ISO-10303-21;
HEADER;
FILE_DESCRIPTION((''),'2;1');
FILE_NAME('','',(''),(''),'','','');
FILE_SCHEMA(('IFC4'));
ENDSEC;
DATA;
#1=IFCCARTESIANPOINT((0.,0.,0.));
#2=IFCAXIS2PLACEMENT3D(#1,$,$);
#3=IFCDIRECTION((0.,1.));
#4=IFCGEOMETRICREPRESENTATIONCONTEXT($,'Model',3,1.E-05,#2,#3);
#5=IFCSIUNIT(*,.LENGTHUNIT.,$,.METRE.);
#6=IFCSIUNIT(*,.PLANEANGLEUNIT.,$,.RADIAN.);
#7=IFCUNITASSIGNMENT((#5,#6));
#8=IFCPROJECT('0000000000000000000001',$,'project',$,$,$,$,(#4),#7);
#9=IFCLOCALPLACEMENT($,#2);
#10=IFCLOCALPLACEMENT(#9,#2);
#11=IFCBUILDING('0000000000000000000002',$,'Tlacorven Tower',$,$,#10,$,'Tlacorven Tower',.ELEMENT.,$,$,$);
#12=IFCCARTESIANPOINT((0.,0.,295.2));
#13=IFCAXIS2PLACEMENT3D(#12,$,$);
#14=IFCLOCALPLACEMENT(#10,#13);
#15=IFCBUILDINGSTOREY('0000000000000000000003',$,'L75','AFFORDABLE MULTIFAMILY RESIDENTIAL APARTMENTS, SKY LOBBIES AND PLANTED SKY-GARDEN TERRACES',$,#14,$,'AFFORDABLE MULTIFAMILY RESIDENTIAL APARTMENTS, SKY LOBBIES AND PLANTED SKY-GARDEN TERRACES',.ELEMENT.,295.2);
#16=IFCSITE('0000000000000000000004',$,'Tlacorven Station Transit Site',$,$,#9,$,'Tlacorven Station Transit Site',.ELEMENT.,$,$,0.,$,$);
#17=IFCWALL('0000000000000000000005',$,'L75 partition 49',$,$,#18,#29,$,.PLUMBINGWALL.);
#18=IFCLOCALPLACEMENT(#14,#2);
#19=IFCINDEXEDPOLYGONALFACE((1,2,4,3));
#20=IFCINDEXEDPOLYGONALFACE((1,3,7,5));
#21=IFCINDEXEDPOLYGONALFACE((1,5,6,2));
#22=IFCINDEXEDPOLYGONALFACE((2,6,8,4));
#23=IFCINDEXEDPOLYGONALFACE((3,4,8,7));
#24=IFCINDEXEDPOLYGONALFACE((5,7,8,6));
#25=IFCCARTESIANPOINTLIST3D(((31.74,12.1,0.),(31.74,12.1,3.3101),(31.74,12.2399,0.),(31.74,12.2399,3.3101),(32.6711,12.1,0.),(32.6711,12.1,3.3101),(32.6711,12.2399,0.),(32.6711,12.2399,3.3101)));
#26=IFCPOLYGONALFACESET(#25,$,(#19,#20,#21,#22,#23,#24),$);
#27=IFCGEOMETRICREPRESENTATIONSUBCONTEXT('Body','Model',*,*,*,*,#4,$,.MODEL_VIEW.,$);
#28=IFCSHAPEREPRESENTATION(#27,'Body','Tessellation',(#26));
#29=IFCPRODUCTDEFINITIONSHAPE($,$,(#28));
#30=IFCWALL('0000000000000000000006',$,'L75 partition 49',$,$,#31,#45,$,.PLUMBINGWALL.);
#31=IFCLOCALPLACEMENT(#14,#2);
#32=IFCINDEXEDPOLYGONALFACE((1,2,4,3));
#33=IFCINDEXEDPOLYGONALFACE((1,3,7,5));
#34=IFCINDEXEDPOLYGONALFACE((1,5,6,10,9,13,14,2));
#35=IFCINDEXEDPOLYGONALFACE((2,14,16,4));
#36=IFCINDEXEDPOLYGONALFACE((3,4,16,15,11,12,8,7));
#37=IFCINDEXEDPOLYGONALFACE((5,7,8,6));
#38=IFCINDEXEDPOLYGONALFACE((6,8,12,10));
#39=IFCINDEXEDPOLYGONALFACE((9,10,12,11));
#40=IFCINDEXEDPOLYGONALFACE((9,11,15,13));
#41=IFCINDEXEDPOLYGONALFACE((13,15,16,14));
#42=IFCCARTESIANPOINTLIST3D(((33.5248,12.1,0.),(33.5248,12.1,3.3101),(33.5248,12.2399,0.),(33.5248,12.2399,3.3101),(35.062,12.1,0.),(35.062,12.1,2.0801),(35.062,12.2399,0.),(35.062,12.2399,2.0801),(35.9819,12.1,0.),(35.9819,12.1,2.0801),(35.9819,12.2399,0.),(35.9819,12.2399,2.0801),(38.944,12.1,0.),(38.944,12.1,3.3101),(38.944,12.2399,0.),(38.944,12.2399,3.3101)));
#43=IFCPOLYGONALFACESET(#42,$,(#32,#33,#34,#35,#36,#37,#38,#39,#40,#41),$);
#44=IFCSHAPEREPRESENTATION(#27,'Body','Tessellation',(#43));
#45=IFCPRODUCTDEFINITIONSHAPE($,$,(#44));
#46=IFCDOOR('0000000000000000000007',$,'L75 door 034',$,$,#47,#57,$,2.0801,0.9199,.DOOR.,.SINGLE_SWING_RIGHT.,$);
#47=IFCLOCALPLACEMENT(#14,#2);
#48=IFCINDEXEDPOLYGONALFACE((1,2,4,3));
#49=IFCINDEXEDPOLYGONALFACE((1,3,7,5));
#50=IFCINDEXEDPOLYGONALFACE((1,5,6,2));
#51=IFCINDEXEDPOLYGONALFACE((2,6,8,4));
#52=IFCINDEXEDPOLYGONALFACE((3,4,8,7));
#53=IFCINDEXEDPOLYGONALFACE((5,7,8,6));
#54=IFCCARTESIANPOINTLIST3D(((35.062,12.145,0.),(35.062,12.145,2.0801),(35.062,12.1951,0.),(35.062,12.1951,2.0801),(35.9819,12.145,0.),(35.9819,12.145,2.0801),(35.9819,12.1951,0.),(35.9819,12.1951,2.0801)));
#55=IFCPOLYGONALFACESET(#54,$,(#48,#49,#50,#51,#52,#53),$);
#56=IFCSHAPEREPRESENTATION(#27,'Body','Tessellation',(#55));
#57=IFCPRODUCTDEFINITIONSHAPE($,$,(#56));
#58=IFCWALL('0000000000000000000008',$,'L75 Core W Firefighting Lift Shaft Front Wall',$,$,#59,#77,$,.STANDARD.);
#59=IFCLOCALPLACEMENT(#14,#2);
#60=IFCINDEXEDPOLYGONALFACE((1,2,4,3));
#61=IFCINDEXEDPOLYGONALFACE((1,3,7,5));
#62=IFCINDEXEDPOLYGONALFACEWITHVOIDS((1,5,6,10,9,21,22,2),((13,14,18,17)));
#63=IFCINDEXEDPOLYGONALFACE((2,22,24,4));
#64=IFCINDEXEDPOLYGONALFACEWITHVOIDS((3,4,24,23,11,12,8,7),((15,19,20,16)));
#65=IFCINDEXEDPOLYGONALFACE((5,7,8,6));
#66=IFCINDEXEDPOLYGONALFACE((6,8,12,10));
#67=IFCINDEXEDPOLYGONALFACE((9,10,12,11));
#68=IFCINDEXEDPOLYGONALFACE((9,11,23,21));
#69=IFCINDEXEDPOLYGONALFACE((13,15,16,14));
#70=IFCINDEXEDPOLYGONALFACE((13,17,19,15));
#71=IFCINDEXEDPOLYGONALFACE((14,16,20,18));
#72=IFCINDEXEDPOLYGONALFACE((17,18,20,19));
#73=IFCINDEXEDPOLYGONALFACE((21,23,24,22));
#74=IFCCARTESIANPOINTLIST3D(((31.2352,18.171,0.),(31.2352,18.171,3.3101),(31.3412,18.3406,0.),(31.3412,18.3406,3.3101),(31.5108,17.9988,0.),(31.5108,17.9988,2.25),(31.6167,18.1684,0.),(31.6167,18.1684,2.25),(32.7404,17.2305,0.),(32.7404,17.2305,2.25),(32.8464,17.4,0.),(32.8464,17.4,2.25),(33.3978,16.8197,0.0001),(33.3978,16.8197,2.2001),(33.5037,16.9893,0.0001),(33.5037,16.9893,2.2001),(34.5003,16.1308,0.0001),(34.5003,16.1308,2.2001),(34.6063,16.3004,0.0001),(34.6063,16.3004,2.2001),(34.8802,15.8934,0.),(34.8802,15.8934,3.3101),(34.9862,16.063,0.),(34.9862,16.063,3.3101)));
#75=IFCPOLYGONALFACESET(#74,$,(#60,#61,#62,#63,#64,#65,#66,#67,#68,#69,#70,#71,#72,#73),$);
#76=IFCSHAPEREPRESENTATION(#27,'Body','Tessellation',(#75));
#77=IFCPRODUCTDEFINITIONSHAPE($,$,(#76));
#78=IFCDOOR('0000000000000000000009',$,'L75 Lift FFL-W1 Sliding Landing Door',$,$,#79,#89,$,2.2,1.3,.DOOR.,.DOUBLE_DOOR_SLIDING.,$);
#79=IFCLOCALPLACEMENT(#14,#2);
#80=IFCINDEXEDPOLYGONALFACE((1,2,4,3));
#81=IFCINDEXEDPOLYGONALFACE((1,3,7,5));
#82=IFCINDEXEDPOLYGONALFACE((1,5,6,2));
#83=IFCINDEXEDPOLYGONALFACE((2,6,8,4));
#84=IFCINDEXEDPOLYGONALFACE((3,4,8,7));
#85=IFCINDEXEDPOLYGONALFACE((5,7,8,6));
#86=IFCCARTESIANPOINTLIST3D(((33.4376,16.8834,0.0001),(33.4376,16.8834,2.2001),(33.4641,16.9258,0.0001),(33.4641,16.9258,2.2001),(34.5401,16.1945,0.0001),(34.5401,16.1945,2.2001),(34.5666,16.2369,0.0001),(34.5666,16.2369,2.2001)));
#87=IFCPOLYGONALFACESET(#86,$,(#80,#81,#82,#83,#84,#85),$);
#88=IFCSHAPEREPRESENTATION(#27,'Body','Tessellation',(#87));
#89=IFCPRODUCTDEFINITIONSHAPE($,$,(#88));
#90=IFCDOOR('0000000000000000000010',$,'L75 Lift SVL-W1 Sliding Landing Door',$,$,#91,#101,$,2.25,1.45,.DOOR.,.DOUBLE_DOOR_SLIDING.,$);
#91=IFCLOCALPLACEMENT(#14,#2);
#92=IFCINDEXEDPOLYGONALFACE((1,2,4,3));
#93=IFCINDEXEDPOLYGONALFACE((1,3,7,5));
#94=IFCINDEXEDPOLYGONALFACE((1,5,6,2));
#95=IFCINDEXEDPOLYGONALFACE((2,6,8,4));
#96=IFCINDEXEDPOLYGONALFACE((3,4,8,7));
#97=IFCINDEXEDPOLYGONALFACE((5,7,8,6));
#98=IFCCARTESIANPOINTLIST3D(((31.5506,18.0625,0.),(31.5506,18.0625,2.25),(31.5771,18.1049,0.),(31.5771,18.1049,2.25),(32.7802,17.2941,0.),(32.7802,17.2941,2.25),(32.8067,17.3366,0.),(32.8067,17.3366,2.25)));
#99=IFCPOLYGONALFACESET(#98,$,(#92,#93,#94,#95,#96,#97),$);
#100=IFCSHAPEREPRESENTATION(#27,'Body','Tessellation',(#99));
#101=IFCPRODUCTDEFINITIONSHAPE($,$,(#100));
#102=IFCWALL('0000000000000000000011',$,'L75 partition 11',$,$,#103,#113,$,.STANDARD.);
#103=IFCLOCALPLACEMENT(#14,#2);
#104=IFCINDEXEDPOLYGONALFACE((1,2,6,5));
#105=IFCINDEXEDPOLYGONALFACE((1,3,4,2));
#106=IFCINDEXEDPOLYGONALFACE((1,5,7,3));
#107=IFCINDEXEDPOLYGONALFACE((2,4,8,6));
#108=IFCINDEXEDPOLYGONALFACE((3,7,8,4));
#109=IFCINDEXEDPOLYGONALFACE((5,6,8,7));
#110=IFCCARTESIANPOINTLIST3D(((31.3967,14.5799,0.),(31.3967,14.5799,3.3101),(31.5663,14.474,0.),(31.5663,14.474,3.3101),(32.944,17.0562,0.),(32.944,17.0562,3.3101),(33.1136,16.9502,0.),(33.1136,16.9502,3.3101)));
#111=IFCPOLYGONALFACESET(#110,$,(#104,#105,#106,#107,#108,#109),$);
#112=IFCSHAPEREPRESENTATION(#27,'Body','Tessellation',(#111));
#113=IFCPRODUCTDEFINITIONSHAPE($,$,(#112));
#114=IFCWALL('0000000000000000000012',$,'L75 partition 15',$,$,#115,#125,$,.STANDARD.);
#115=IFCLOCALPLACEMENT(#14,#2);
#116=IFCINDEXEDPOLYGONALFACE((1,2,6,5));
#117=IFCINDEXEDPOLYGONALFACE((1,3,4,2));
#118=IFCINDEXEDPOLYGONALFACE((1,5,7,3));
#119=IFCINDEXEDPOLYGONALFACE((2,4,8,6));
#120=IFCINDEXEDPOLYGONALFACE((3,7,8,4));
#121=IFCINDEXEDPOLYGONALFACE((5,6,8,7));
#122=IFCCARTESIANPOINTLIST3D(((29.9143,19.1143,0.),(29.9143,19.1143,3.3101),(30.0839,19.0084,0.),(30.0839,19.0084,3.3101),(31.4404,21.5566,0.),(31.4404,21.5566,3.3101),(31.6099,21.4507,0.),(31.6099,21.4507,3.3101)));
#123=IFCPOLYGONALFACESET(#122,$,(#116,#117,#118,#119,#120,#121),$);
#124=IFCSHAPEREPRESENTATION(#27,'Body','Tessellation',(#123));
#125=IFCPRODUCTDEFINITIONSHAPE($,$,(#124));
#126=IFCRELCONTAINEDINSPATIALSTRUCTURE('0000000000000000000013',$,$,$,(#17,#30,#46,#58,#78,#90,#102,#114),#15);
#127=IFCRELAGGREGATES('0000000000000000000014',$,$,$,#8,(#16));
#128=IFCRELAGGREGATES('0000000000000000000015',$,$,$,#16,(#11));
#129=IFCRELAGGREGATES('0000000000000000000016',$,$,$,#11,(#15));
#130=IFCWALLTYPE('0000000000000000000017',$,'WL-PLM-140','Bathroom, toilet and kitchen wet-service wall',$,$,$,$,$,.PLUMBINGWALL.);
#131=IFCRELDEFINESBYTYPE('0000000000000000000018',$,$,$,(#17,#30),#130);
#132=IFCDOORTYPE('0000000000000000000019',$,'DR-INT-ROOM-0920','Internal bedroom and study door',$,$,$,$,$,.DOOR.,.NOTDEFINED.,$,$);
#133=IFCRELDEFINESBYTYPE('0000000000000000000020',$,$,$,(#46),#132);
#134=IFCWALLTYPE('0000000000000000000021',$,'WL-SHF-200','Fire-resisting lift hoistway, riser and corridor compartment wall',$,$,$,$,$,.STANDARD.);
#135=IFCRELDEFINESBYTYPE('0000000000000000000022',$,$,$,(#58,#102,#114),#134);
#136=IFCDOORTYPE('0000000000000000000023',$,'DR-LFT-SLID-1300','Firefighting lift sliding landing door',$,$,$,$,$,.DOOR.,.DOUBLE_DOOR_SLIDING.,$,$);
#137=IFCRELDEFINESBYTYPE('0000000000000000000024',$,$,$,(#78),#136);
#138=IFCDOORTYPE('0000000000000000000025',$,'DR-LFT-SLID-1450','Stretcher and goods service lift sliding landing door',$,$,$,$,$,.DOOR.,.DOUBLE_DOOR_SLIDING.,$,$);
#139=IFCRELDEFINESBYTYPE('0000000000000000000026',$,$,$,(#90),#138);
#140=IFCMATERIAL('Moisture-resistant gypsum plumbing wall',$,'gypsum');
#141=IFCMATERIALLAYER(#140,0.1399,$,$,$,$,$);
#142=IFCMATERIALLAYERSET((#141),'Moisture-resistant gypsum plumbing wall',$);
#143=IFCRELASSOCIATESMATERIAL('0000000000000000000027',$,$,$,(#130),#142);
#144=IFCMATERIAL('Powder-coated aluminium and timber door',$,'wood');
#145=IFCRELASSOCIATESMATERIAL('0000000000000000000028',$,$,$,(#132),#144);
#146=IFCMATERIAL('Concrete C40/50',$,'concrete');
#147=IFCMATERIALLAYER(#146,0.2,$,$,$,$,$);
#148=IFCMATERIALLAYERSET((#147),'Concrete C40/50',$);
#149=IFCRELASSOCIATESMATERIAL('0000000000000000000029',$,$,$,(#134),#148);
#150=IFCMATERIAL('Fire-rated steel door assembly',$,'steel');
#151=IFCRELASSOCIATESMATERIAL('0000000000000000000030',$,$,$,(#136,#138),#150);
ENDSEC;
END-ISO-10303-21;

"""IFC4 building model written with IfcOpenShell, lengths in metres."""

from ifc_helpers import new_model, si_unit, direction, frame, frame_2d, origin, place, context, subcontext, project, spatial, rectangle, extrude, source, transform, mapped, material, layer, layer_set, type_object, element, fill, save


model = new_model("IFC4")

# Units and contexts
model_context = context("Model", 3, precision=1e-05, world=origin(), true_north=direction((0.0, 1.0)))
body_context = subcontext(model_context, "Body", "Model", "MODEL_VIEW")
ifc_project = project(units=[si_unit("LENGTHUNIT", "METRE"), si_unit("PLANEANGLEUNIT", "RADIAN")], contexts=[model_context])

# Site, building, storey
site_placement = place(None, origin())
site = spatial("IfcSite", under=ifc_project, at=site_placement, Name="Tlacorven Station Transit Site", LongName="Tlacorven Station Transit Site", CompositionType="ELEMENT", RefElevation=0.0)
building_placement = place(site_placement, origin())
building = spatial("IfcBuilding", under=site, at=building_placement, Name="Tlacorven Tower", LongName="Tlacorven Tower", CompositionType="ELEMENT")
storey_placement = place(building_placement, frame((0.0, 0.0, 295.2)))
storey = spatial("IfcBuildingStorey", under=building, at=storey_placement, Name="L75", Description="AFFORDABLE MULTIFAMILY RESIDENTIAL APARTMENTS, SKY LOBBIES AND PLANTED SKY-GARDEN TERRACES", LongName="AFFORDABLE MULTIFAMILY RESIDENTIAL APARTMENTS, SKY LOBBIES AND PLANTED SKY-GARDEN TERRACES", CompositionType="ELEMENT", Elevation=295.2)

# Shared definitions
ifc_material_1 = material(Name="Moisture-resistant gypsum plumbing wall", Category="gypsum")
ifc_layer_1 = layer(ifc_material_1, 0.1399)
ifc_layer_set_1 = layer_set([ifc_layer_1], Name="Moisture-resistant gypsum plumbing wall")
wall_type_1 = type_object("IfcWallType", Name="WL-PLM-140", Description="Bathroom, toilet and kitchen wet-service wall", PredefinedType="PLUMBINGWALL", material=ifc_layer_set_1)
ifc_material_2 = material(Name="Powder-coated aluminium and timber door", Category="wood")

# Wall
wall_1_placement = place(storey_placement, frame((31.74, 12.1699, 0.0), z_axis=(0.0, 0.0, 1.0), x_axis=(1.0, 0.0, 0.0)))
element("IfcWall", 1, at=wall_1_placement, inside=storey, type_object=wall_type_1, Name="L75 partition 49", PredefinedType="PLUMBINGWALL", context=body_context, shape_type="SweptSolid", body=[
    extrude(rectangle(XDim=0.9312, YDim=0.1399, at=frame_2d((0.4656, 0.0))), origin(), (0.0, 0.0, 1.0), 3.3101),
])

# Wall, opening, door
wall_2_placement = place(storey_placement, frame((33.5249, 12.1699, 0.0), z_axis=(0.0, 0.0, 1.0), x_axis=(1.0, 0.0, 0.0)))
wall_2 = element("IfcWall", 2, at=wall_2_placement, inside=storey, type_object=wall_type_1, Name="L75 partition 49", PredefinedType="PLUMBINGWALL", context=body_context, shape_type="SweptSolid", body=[
    extrude(rectangle(XDim=5.4192, YDim=0.1399, at=frame_2d((2.7095, 0.0))), origin(), (0.0, 0.0, 1.0), 3.3101),
])
opening_1_placement = place(wall_2_placement, frame((1.5371, 0.0, 0.0)))
opening_1 = element("IfcOpeningElement", 3, at=opening_1_placement, cuts=wall_2, PredefinedType="OPENING", context=body_context, shape_type="SweptSolid", body=[
    extrude(rectangle(XDim=0.9199, YDim=2.0801, at=frame_2d((0.46, 1.04))), frame((0.0, 0.0801, 0.0), z_axis=(0.0, -1.0, 0.0), x_axis=(1.0, 0.0, 0.0)), (0.0, 0.0, 1.0), 0.1599),
])
door_type_1 = type_object("IfcDoorType", Name="DR-INT-ROOM-0920", Description="Internal bedroom and study door", OperationType="NOTDEFINED", PredefinedType="DOOR", material=ifc_material_2)
shared_shape_1 = source(origin(), body_context, "Body", "SweptSolid", [
    extrude(rectangle(XDim=0.9199, YDim=2.0801, at=frame_2d((0.46, 1.04))), frame((0.0, 0.0249, 0.0), z_axis=(0.0, -1.0, 0.0), x_axis=(1.0, 0.0, 0.0)), (0.0, 0.0, 1.0), 0.05),
])
door_1_placement = place(opening_1_placement, frame((0.9199, 0.0, 0.0), z_axis=(0.0, 0.0, 1.0), x_axis=(-1.0, 0.0, 0.0)))
door_1 = element("IfcDoor", 4, at=door_1_placement, inside=storey, type_object=door_type_1, Name="L75 door 034", OperationType="SINGLE_SWING_RIGHT", OverallHeight=2.0801, OverallWidth=0.9199, PredefinedType="DOOR", context=body_context, shape_type="MappedRepresentation", body=[
    mapped(shared_shape_1, transform((0.0, 0.0, 0.0), scale=1.0)),
])
fill(opening_1, door_1)

# Wall, openings, doors
ifc_material_3 = material(Name="Concrete C40/50", Category="concrete")
ifc_layer_2 = layer(ifc_material_3, 0.2)
ifc_layer_set_2 = layer_set([ifc_layer_2], Name="Concrete C40/50")
wall_type_2 = type_object("IfcWallType", Name="WL-SHF-200", Description="Fire-resisting lift hoistway, riser and corridor compartment wall", PredefinedType="STANDARD", material=ifc_layer_set_2)
wall_3_placement = place(storey_placement, frame((34.9331, 15.9783, 0.0), z_axis=(0.0, 0.0, 1.0), x_axis=(-0.848056, 0.529907, 0.0)))
wall_3 = element("IfcWall", 5, at=wall_3_placement, inside=storey, type_object=wall_type_2, Name="L75 Core W Firefighting Lift Shaft Front Wall", PredefinedType="STANDARD", context=body_context, shape_type="SweptSolid", body=[
    extrude(rectangle(XDim=4.2981, YDim=0.2, at=frame_2d((2.1489, 0.0))), origin(), (0.0, 0.0, 1.0), 3.3101),
])
opening_2_placement = place(wall_3_placement, frame((0.448, 0.0, 0.0)))
opening_2 = element("IfcOpeningElement", 6, at=opening_2_placement, cuts=wall_3, PredefinedType="OPENING", context=body_context, shape_type="SweptSolid", body=[
    extrude(rectangle(XDim=1.3, YDim=2.2, at=frame_2d((0.6499, 1.1001))), frame((0.0, 0.1099, 0.0), z_axis=(0.0, -1.0, 0.0), x_axis=(1.0, 0.0, 0.0)), (0.0, 0.0, 1.0), 0.22),
])
opening_3_placement = place(wall_3_placement, frame((2.5229, 0.0, 0.0)))
opening_3 = element("IfcOpeningElement", 7, at=opening_3_placement, cuts=wall_3, PredefinedType="OPENING", context=body_context, shape_type="SweptSolid", body=[
    extrude(rectangle(XDim=1.45, YDim=2.25, at=frame_2d((0.7251, 1.125))), frame((0.0, 0.1099, 0.0), z_axis=(0.0, -1.0, 0.0), x_axis=(1.0, 0.0, 0.0)), (0.0, 0.0, 1.0), 0.22),
])
ifc_material_4 = material(Name="Fire-rated steel door assembly", Category="steel")
door_type_2 = type_object("IfcDoorType", Name="DR-LFT-SLID-1300", Description="Firefighting lift sliding landing door", OperationType="DOUBLE_DOOR_SLIDING", PredefinedType="DOOR", material=ifc_material_4)
shared_shape_2 = source(origin(), body_context, "Body", "SweptSolid", [
    extrude(rectangle(XDim=1.3, YDim=2.2, at=frame_2d((0.6499, 1.1001))), frame((0.0, 0.0249, 0.0), z_axis=(0.0, -1.0, 0.0), x_axis=(1.0, 0.0, 0.0)), (0.0, 0.0, 1.0), 0.05),
])
door_2_placement = place(opening_2_placement, origin())
door_2 = element("IfcDoor", 8, at=door_2_placement, inside=storey, type_object=door_type_2, Name="L75 Lift FFL-W1 Sliding Landing Door", OperationType="DOUBLE_DOOR_SLIDING", OverallHeight=2.2, OverallWidth=1.3, PredefinedType="DOOR", context=body_context, shape_type="MappedRepresentation", body=[
    mapped(shared_shape_2, transform((0.0, 0.0, 0.0), scale=1.0)),
])
fill(opening_2, door_2)
door_type_3 = type_object("IfcDoorType", Name="DR-LFT-SLID-1450", Description="Stretcher and goods service lift sliding landing door", OperationType="DOUBLE_DOOR_SLIDING", PredefinedType="DOOR", material=ifc_material_4)
shared_shape_3 = source(origin(), body_context, "Body", "SweptSolid", [
    extrude(rectangle(XDim=1.45, YDim=2.25, at=frame_2d((0.7251, 1.125))), frame((0.0, 0.0249, 0.0), z_axis=(0.0, -1.0, 0.0), x_axis=(1.0, 0.0, 0.0)), (0.0, 0.0, 1.0), 0.05),
])
door_3_placement = place(opening_3_placement, origin())
door_3 = element("IfcDoor", 9, at=door_3_placement, inside=storey, type_object=door_type_3, Name="L75 Lift SVL-W1 Sliding Landing Door", OperationType="DOUBLE_DOOR_SLIDING", OverallHeight=2.25, OverallWidth=1.45, PredefinedType="DOOR", context=body_context, shape_type="MappedRepresentation", body=[
    mapped(shared_shape_3, transform((0.0, 0.0, 0.0), scale=1.0)),
])
fill(opening_3, door_3)

# Walls
wall_4_placement = place(storey_placement, frame((33.0288, 17.0032, 0.0), z_axis=(0.0, 0.0, 1.0), x_axis=(-0.529916, -0.84805, 0.0)))
element("IfcWall", 10, at=wall_4_placement, inside=storey, type_object=wall_type_2, Name="L75 partition 11", PredefinedType="STANDARD", context=body_context, shape_type="SweptSolid", body=[
    extrude(rectangle(XDim=2.9199, YDim=0.2, at=frame_2d((1.46, 0.0))), origin(), (0.0, 0.0, 1.0), 3.3101),
])
wall_5_placement = place(storey_placement, frame((31.5251, 21.5037, 0.0), z_axis=(0.0, 0.0, 1.0), x_axis=(-0.529907, -0.848055, 0.0)))
element("IfcWall", 11, at=wall_5_placement, inside=storey, type_object=wall_type_2, Name="L75 partition 15", PredefinedType="STANDARD", context=body_context, shape_type="SweptSolid", body=[
    extrude(rectangle(XDim=2.8799, YDim=0.2, at=frame_2d((1.4399, 0.0))), origin(), (0.0, 0.0, 1.0), 3.3101),
])

save(model, "model.ifc")
